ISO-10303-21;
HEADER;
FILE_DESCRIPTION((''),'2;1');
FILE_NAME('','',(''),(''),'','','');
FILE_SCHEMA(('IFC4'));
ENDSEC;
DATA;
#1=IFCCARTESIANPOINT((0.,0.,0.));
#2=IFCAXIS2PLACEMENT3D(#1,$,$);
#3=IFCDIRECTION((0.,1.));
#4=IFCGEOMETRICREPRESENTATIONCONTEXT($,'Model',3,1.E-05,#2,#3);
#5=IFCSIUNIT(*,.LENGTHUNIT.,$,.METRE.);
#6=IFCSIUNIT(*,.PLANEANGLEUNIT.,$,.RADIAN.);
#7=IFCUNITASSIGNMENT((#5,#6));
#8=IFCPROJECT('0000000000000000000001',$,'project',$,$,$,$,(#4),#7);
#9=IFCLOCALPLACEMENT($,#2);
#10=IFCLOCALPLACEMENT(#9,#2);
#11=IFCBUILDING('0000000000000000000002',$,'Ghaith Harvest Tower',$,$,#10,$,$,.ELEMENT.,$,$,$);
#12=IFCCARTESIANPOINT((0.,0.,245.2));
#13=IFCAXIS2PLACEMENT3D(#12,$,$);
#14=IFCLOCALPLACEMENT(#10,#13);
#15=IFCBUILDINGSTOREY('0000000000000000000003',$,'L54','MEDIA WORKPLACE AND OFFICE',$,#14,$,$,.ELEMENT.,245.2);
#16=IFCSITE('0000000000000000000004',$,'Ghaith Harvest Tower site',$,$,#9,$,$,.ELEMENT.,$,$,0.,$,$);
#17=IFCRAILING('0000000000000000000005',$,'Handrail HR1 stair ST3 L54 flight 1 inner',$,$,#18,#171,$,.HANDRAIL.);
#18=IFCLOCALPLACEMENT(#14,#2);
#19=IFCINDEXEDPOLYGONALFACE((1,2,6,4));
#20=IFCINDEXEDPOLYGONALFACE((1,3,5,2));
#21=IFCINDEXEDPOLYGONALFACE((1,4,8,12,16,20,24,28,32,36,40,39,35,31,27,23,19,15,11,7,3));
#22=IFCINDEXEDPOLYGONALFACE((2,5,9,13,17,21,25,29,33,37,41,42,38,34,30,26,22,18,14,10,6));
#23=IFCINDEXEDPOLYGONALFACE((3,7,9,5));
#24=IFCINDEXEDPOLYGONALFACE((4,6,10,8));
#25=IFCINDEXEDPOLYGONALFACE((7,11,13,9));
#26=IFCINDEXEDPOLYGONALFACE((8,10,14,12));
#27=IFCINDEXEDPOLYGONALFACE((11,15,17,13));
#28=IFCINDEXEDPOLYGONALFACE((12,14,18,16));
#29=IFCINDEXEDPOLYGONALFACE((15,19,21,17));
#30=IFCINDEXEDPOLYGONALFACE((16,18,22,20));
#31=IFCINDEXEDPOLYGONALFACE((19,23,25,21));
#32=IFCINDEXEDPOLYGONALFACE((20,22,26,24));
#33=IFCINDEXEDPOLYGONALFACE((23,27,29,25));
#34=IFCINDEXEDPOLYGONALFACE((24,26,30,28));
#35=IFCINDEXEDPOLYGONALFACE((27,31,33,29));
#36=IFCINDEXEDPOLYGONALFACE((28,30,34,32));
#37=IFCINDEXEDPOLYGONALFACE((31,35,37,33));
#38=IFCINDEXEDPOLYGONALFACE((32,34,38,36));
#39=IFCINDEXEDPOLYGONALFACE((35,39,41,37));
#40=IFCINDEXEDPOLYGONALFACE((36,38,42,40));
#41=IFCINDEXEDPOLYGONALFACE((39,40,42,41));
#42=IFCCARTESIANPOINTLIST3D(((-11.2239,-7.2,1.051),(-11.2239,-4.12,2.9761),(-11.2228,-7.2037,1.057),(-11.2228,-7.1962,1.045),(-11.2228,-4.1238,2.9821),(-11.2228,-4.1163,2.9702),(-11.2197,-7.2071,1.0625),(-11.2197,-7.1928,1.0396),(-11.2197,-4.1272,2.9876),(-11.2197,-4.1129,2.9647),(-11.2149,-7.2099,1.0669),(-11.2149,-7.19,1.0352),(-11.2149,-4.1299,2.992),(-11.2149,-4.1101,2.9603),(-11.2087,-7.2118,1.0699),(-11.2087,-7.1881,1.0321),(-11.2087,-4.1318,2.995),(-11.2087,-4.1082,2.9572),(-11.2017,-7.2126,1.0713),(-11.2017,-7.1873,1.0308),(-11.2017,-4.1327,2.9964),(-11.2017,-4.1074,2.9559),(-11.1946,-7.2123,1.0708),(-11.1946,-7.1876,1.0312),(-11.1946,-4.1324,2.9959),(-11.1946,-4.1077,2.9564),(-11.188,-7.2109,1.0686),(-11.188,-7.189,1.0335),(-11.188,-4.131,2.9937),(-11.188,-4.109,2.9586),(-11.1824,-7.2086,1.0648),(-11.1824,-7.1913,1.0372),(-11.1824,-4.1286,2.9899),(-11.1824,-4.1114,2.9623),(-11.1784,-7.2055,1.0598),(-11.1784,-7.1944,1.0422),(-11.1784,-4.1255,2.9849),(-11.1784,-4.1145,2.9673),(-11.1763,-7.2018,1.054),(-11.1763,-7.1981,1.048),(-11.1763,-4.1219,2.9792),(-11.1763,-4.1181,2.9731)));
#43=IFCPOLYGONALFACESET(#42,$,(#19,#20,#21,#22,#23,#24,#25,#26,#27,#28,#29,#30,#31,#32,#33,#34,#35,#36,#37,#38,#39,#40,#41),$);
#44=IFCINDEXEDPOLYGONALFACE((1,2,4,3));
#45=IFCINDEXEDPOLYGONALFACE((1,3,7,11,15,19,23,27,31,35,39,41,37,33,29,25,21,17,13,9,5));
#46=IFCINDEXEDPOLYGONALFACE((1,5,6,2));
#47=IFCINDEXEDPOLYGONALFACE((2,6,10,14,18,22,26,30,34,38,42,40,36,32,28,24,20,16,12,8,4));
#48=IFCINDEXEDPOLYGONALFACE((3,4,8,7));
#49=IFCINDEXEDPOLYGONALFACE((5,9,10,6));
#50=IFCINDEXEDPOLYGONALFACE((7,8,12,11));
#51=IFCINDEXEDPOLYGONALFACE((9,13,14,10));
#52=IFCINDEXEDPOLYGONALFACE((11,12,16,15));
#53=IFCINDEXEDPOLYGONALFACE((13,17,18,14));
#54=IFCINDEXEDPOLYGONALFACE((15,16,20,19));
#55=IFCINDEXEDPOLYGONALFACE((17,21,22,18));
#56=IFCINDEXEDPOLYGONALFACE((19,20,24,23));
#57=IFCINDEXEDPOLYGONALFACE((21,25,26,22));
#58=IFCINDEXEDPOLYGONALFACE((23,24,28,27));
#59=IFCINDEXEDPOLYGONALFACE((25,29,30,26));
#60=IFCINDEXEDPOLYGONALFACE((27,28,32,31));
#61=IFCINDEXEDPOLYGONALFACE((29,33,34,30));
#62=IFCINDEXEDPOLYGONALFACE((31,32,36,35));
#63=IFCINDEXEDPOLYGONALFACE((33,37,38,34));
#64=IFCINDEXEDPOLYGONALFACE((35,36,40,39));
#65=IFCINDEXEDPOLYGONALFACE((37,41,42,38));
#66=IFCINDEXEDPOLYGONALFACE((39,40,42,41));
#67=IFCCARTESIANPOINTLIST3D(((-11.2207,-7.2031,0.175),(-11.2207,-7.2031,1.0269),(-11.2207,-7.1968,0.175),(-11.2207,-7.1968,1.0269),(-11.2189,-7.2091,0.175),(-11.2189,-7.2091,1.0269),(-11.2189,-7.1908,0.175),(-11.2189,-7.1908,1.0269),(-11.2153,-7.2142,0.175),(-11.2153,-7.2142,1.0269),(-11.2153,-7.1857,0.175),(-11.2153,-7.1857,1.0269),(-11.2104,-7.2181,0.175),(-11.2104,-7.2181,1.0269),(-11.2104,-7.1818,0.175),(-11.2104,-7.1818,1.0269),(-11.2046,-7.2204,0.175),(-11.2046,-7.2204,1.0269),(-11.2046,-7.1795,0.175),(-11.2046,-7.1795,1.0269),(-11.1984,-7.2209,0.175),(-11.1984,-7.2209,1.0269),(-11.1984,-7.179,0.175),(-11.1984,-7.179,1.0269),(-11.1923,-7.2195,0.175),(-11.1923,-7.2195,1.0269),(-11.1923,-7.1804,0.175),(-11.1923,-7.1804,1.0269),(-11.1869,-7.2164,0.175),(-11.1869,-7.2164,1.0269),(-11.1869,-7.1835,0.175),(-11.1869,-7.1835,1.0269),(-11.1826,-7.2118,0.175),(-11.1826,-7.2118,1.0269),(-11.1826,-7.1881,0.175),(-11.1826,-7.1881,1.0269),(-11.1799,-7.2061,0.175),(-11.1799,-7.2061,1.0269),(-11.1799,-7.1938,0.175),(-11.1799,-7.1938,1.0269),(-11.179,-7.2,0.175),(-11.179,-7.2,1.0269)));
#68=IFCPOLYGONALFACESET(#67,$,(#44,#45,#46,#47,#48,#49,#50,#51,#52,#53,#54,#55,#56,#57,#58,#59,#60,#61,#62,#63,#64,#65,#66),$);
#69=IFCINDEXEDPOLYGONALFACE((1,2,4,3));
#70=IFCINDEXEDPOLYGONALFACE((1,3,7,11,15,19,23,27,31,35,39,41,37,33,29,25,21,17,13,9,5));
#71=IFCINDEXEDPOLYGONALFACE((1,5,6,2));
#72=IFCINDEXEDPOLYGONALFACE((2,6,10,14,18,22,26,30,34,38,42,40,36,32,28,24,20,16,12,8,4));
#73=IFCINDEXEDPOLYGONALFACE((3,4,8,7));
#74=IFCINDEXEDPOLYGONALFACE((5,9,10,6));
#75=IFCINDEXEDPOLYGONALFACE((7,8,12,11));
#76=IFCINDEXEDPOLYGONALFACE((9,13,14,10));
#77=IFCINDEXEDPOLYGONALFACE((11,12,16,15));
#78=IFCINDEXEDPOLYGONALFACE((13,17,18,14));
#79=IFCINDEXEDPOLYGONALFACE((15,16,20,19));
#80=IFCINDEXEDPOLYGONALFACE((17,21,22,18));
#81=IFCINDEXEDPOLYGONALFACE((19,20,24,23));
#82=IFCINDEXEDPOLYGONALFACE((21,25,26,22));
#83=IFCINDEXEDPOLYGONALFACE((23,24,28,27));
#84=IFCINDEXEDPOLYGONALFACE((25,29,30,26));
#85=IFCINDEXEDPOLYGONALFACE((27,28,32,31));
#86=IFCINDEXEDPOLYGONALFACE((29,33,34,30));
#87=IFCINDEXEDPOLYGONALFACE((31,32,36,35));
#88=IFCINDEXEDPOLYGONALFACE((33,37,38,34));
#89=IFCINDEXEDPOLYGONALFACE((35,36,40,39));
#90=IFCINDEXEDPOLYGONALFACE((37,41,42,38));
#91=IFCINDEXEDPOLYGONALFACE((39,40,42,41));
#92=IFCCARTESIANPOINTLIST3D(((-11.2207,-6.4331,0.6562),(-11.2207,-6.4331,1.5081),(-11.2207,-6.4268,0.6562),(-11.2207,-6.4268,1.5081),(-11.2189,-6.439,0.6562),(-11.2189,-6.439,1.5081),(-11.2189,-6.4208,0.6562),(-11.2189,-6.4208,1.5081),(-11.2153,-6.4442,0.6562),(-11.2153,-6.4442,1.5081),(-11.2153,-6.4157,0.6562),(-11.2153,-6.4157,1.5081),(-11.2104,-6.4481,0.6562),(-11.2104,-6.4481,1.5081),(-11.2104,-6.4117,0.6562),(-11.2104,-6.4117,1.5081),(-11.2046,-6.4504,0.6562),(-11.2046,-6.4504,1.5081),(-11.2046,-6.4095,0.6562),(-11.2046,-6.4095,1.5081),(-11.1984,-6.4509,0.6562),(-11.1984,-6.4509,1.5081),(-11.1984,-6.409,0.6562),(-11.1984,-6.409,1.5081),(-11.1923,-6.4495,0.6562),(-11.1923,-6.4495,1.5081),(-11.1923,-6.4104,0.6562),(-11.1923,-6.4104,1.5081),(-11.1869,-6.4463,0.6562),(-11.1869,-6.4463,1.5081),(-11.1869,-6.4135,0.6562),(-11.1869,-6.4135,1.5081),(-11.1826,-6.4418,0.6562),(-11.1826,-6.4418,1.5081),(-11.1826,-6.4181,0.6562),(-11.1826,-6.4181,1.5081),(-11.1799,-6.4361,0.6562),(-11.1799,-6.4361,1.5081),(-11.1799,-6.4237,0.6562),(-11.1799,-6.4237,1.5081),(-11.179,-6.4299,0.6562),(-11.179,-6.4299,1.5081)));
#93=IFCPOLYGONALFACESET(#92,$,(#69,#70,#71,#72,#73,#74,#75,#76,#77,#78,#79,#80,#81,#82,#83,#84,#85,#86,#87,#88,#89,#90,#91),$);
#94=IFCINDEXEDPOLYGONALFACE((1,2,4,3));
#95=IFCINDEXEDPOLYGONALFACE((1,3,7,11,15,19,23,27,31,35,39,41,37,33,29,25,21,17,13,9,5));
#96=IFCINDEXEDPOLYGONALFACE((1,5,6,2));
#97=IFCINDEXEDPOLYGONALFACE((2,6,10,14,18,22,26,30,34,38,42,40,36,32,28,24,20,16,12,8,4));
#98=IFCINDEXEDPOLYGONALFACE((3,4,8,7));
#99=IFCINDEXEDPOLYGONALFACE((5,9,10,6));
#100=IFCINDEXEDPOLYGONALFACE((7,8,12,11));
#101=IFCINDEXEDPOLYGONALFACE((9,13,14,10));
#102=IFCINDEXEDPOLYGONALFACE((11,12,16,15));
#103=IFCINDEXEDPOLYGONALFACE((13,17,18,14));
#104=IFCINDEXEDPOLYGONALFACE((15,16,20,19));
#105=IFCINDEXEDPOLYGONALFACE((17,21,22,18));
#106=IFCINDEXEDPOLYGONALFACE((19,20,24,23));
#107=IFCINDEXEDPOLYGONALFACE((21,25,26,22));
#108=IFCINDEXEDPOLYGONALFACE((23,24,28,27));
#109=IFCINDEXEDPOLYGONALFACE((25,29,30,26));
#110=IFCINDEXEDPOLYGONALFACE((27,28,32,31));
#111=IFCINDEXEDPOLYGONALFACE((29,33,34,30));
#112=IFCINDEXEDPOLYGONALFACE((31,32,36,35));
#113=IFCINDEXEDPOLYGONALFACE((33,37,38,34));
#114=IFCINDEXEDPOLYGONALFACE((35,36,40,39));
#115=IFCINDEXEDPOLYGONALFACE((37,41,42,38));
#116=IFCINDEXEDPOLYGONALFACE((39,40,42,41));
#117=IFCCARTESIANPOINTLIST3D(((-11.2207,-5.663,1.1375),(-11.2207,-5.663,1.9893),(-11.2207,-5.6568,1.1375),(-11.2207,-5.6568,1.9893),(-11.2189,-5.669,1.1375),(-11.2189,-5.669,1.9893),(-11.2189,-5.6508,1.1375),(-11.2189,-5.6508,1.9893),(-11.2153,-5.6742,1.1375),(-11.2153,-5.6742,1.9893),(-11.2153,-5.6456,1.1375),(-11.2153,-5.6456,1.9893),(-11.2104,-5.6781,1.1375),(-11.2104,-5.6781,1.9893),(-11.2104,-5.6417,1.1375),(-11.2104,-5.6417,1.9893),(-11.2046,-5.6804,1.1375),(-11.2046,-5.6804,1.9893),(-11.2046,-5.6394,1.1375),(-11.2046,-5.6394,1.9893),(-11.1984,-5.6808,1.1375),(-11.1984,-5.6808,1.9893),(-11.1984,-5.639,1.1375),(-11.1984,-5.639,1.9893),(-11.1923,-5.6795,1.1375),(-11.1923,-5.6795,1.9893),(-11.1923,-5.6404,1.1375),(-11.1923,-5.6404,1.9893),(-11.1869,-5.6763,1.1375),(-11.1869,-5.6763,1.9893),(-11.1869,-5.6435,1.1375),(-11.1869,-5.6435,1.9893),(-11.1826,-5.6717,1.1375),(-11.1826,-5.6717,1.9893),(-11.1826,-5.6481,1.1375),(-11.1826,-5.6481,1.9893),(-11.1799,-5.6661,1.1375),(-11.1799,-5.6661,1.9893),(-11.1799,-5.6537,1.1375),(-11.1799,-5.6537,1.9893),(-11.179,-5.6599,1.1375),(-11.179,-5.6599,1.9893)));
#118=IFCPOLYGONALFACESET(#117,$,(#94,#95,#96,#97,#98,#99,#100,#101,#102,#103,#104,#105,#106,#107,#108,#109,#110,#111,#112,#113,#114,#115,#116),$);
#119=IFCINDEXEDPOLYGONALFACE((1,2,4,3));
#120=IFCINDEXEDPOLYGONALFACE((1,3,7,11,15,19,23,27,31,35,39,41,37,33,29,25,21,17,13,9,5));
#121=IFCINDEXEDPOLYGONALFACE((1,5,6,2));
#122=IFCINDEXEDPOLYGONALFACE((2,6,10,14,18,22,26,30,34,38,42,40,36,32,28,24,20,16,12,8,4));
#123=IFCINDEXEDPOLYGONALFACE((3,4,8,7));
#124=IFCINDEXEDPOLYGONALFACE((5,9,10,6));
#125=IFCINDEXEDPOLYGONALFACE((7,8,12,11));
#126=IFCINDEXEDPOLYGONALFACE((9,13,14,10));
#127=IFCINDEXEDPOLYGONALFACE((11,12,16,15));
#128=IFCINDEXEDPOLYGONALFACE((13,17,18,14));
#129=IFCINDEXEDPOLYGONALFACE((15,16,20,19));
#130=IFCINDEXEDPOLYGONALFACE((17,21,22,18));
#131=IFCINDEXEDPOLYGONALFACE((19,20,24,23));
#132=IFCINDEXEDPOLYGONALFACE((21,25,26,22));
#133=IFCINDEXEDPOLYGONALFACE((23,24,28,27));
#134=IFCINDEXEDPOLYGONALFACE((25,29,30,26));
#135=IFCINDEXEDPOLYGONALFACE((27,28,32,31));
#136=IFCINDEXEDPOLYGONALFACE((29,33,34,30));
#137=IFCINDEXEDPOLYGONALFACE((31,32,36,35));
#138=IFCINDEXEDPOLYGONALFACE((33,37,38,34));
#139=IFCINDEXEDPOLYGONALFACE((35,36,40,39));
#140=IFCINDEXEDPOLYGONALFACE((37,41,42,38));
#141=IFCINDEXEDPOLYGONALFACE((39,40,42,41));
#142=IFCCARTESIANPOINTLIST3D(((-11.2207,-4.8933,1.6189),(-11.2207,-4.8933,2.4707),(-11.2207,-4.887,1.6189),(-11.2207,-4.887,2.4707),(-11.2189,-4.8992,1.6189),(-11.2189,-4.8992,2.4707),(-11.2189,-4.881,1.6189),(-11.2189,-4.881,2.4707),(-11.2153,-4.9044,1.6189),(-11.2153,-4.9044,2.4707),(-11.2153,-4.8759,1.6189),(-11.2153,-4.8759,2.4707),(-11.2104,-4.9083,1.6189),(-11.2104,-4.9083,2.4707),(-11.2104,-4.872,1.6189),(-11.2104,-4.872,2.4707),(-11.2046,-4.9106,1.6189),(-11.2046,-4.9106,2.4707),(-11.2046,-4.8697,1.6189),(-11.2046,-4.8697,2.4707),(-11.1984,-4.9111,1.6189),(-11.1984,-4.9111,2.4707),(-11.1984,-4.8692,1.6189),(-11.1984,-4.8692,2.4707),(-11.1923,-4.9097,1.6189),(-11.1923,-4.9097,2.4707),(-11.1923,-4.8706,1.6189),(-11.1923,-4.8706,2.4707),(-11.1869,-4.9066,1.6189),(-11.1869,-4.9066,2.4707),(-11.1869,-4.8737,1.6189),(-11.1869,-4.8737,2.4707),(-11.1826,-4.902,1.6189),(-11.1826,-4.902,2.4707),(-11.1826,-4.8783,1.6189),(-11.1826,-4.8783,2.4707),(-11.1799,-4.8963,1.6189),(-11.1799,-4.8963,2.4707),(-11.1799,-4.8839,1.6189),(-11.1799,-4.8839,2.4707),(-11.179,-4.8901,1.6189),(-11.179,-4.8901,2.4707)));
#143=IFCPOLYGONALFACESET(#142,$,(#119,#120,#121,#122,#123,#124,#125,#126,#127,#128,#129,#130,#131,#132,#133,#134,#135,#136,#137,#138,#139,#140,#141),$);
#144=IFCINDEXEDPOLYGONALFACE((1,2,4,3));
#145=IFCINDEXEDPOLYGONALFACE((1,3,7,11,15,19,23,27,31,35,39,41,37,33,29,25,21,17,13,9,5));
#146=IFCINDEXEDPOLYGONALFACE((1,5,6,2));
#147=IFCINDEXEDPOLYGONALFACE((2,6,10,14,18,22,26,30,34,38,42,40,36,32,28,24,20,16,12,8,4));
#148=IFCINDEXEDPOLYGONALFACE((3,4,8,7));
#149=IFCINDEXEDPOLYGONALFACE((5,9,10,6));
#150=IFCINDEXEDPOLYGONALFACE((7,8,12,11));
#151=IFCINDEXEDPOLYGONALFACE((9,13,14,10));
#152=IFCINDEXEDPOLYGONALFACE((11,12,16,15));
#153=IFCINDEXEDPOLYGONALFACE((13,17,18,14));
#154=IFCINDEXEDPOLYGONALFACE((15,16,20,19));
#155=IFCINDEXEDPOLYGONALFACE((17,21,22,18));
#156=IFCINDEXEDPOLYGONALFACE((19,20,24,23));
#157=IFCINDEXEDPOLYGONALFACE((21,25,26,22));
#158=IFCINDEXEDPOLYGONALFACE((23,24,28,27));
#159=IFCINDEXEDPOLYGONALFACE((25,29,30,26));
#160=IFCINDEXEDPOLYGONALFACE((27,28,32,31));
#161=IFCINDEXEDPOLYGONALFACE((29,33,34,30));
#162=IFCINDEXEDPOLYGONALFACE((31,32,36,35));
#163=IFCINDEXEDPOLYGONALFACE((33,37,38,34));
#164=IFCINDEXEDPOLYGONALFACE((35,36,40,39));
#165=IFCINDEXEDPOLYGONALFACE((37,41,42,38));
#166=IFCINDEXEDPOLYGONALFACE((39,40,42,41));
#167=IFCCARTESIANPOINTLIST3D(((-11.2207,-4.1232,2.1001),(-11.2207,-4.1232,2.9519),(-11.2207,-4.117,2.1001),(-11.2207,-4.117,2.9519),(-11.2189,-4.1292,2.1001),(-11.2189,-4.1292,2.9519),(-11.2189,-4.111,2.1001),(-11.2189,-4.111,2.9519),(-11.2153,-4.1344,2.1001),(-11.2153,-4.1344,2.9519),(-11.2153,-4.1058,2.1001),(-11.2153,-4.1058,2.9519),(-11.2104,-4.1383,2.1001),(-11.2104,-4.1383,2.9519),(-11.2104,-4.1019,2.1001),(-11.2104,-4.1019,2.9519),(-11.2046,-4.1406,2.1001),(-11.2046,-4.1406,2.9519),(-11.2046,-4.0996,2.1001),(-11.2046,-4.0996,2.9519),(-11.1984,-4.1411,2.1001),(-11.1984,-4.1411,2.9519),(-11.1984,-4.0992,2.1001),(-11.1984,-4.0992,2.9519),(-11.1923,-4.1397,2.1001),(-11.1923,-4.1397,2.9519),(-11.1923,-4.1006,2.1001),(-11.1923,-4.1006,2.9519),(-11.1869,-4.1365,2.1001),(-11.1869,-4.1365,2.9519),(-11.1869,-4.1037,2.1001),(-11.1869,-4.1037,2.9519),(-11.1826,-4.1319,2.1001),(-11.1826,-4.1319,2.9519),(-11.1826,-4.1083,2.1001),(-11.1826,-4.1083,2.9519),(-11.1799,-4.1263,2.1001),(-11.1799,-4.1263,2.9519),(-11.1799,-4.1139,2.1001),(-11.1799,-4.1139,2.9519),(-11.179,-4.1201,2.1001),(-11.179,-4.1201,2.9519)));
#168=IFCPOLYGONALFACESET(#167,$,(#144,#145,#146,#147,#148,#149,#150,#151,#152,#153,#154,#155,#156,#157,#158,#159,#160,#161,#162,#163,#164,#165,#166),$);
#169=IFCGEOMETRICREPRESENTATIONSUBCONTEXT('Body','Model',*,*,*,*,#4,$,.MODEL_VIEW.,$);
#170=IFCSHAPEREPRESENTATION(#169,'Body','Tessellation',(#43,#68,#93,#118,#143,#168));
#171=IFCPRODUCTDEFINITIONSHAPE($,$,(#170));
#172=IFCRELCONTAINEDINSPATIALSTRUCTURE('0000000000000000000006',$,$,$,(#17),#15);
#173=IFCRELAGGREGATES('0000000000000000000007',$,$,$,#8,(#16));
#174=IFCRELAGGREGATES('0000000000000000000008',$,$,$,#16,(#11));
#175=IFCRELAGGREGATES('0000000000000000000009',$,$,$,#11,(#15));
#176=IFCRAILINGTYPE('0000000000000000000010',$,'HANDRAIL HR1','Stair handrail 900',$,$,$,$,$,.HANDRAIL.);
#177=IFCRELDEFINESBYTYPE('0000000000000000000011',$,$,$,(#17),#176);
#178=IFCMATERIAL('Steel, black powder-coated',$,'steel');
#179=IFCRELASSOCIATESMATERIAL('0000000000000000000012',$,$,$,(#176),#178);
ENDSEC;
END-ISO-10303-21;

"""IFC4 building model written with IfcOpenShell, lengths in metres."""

from ifc_helpers import new_model, si_unit, direction, frame, origin, origin_2d, place, context, subcontext, project, spatial, circle, extrude, material, type_object, element, save


model = new_model("IFC4")

# Units and contexts
model_context = context("Model", 3, precision=1e-05, world=origin(), true_north=direction((0.0, 1.0)))
body_context = subcontext(model_context, "Body", "Model", "MODEL_VIEW")
ifc_project = project(units=[si_unit("LENGTHUNIT", "METRE"), si_unit("PLANEANGLEUNIT", "RADIAN")], contexts=[model_context])

# Site, building, storey
site_placement = place(None, origin())
site = spatial("IfcSite", under=ifc_project, at=site_placement, Name="Ghaith Harvest Tower site", CompositionType="ELEMENT", RefElevation=0.0)
building_placement = place(site_placement, origin())
building = spatial("IfcBuilding", under=site, at=building_placement, Name="Ghaith Harvest Tower", CompositionType="ELEMENT")
storey_placement = place(building_placement, frame((0.0, 0.0, 245.2)))
storey = spatial("IfcBuildingStorey", under=building, at=storey_placement, Name="L54", Description="MEDIA WORKPLACE AND OFFICE", CompositionType="ELEMENT", Elevation=245.2)

# Railing
ifc_material_1 = material(Name="Steel, black powder-coated", Category="steel")
railing_type = type_object("IfcRailingType", Name="HANDRAIL HR1", Description="Stair handrail 900", PredefinedType="HANDRAIL", material=ifc_material_1)
railing_1_placement = place(storey_placement, frame((-11.2, -7.2, 0.175)))
element("IfcRailing", 1, at=railing_1_placement, inside=storey, type_object=railing_type, Name="Handrail HR1 stair ST3 L54 flight 1 inner", PredefinedType="HANDRAIL", context=body_context, shape_type="SweptSolid", body=[
    extrude(circle(Radius=0.0239, at=origin_2d()), frame((0.0, 0.0, 0.876), z_axis=(0.0, 0.847979, 0.530029), x_axis=(-1.0, 0.0, 0.0)), (0.0, 0.0, 1.0), 3.6321),
    extrude(circle(Radius=0.021, at=origin_2d()), origin(), (0.0, 0.0, 1.0), 0.8518),
    extrude(circle(Radius=0.021, at=origin_2d()), frame((0.0, 0.77, 0.4812)), (0.0, 0.0, 1.0), 0.8518),
    extrude(circle(Radius=0.021, at=origin_2d()), frame((0.0, 1.54, 0.9624)), (0.0, 0.0, 1.0), 0.8518),
    extrude(circle(Radius=0.021, at=origin_2d()), frame((0.0, 2.3098, 1.4438)), (0.0, 0.0, 1.0), 0.8518),
    extrude(circle(Radius=0.021, at=origin_2d()), frame((0.0, 3.0798, 1.925)), (0.0, 0.0, 1.0), 0.8518),
])

save(model, "model.ifc")
